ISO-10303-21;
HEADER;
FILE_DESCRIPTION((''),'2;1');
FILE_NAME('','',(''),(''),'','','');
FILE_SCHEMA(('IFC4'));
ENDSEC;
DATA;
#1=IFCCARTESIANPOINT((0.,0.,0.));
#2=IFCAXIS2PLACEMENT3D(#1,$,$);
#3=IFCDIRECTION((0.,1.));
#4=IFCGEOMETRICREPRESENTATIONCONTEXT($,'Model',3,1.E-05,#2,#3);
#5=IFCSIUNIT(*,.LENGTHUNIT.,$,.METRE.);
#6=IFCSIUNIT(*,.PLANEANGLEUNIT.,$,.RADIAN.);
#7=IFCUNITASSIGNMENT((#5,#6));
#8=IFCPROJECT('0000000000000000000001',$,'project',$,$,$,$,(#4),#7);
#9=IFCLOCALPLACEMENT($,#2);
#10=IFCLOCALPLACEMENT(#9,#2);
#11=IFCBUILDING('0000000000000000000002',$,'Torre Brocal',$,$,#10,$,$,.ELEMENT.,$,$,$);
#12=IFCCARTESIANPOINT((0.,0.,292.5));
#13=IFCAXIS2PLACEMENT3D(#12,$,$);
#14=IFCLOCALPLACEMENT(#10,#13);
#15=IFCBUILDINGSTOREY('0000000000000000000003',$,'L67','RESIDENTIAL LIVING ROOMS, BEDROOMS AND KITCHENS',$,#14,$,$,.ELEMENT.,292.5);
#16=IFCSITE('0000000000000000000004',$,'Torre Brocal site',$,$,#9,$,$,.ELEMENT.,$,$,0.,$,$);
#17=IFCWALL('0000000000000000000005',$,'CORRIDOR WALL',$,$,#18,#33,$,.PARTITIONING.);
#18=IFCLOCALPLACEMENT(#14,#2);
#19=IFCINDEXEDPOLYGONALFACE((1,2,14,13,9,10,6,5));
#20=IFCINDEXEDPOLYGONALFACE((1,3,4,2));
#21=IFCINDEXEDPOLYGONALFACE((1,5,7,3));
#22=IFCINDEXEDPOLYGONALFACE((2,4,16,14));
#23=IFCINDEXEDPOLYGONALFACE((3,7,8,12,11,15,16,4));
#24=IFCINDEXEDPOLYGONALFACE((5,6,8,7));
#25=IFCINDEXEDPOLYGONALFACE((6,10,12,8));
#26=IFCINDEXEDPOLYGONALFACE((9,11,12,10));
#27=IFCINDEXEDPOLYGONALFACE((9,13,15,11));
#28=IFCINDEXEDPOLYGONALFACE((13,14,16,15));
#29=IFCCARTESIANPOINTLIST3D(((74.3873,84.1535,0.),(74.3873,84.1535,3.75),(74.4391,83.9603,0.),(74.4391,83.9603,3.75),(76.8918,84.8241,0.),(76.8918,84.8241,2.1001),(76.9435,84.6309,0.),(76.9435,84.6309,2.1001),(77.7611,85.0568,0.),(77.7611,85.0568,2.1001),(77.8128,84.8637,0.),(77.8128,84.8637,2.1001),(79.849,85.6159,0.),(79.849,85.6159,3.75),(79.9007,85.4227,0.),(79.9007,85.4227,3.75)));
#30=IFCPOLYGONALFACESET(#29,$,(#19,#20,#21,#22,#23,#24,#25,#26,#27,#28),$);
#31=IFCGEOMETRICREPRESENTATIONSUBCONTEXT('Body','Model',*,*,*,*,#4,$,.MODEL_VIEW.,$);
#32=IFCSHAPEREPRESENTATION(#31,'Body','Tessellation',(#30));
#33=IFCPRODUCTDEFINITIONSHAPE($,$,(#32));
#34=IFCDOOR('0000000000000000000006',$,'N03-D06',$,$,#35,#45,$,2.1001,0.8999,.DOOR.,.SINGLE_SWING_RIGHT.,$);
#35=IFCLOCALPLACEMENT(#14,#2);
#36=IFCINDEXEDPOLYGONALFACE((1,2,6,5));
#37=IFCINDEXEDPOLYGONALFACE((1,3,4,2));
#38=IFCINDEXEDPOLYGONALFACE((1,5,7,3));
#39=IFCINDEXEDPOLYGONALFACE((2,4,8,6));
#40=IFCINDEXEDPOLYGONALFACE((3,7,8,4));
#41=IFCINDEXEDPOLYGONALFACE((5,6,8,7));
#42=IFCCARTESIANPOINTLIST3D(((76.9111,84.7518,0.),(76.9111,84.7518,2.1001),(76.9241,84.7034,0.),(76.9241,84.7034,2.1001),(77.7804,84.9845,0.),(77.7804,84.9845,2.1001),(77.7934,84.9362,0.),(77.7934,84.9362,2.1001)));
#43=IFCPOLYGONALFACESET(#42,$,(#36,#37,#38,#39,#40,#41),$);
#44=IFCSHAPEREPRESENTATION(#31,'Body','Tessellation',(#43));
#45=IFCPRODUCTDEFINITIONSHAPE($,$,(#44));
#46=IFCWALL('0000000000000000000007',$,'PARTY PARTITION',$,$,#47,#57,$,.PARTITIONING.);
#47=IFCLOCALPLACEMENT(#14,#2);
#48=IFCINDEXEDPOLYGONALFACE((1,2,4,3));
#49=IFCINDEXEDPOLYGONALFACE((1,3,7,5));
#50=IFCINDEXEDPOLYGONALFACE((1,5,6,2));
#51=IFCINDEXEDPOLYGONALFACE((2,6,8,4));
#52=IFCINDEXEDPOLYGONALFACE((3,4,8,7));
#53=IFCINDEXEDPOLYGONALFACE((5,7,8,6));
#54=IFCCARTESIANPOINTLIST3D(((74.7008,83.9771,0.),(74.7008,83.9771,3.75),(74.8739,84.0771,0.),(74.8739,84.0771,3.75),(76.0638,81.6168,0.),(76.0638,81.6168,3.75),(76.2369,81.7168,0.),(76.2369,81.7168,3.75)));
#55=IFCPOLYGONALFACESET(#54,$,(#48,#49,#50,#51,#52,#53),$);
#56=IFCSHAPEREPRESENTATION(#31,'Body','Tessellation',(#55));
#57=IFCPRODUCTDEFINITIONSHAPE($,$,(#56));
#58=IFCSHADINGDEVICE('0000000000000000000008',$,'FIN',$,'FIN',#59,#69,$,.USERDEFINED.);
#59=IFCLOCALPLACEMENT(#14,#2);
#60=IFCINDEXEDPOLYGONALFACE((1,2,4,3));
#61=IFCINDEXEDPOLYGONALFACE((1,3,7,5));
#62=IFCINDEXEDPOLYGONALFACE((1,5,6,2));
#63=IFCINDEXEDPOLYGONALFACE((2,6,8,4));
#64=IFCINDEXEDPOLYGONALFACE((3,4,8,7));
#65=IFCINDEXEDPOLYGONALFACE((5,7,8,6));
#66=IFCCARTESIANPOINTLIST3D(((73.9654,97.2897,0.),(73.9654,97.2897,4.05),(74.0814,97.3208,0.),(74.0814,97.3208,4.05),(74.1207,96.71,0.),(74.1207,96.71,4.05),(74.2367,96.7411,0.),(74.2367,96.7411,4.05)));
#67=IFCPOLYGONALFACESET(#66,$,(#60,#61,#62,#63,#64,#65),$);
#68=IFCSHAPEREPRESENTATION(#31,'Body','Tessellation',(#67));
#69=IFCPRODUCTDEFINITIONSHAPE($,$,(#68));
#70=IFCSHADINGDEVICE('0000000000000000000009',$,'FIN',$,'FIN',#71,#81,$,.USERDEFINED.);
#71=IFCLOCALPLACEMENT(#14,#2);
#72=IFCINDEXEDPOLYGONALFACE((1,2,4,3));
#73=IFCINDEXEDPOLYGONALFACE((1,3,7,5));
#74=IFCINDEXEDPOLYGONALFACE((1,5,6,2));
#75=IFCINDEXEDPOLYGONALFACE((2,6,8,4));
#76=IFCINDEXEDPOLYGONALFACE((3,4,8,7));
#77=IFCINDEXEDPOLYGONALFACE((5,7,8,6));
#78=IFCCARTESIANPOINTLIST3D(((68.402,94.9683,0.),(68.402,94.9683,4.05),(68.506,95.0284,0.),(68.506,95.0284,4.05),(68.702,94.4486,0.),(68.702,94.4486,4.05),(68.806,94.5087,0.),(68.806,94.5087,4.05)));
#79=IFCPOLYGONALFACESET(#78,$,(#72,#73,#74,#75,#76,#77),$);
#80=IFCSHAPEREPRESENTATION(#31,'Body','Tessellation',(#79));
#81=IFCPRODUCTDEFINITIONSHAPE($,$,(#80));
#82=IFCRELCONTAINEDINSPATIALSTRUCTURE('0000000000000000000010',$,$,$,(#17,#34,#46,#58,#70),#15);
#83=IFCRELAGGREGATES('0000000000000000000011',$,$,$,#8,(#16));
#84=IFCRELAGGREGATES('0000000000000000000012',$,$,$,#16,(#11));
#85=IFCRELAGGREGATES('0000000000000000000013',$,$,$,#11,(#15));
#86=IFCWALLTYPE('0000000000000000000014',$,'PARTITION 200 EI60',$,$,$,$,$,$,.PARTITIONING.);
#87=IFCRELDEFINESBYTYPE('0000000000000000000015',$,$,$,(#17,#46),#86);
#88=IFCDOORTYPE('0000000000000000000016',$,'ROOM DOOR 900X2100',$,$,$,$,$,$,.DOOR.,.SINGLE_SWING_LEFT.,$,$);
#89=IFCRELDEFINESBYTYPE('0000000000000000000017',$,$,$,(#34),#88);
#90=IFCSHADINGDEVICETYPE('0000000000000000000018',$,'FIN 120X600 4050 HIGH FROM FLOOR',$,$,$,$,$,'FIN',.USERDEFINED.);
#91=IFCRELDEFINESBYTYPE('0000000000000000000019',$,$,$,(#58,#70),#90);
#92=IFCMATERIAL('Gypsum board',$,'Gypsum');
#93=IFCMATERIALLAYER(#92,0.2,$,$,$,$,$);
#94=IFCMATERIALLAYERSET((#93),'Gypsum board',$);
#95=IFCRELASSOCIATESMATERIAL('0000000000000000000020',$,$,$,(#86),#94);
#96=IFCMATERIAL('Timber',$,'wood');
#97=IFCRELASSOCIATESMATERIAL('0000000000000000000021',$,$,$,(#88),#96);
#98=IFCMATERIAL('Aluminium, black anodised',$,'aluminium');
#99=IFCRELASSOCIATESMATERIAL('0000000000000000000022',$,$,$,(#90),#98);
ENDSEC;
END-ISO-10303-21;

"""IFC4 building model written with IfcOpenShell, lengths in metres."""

from ifc_helpers import new_model, si_unit, direction, frame, frame_2d, origin, origin_2d, place, context, subcontext, project, spatial, rectangle, extrude, material, layer, layer_set, material_profile, profile_set, type_object, element, fill, save


model = new_model("IFC4")

# Units and contexts
model_context = context("Model", 3, precision=1e-05, world=origin(), true_north=direction((0.0, 1.0)))
body_context = subcontext(model_context, "Body", "Model", "MODEL_VIEW")
ifc_project = project(units=[si_unit("LENGTHUNIT", "METRE"), si_unit("PLANEANGLEUNIT", "RADIAN")], contexts=[model_context])

# Site, building, storey
site_placement = place(None, origin())
site = spatial("IfcSite", under=ifc_project, at=site_placement, Name="Torre Brocal site", CompositionType="ELEMENT", RefElevation=0.0)
building_placement = place(site_placement, origin())
building = spatial("IfcBuilding", under=site, at=building_placement, Name="Torre Brocal", CompositionType="ELEMENT")
storey_placement = place(building_placement, frame((0.0, 0.0, 292.5)))
storey = spatial("IfcBuildingStorey", under=building, at=storey_placement, Name="L67", Description="RESIDENTIAL LIVING ROOMS, BEDROOMS AND KITCHENS", CompositionType="ELEMENT", Elevation=292.5)

# Shared definitions
ifc_material_1 = material(Name="Gypsum board", Category="Gypsum")
ifc_layer_1 = layer(ifc_material_1, 0.2)
ifc_layer_set_1 = layer_set([ifc_layer_1], Name="Gypsum board")
wall_type_1 = type_object("IfcWallType", Name="PARTITION 200 EI60", PredefinedType="PARTITIONING", material=ifc_layer_set_1)
ifc_material_2 = material(Name="Timber", Category="wood")
door_type_1 = type_object("IfcDoorType", Name="ROOM DOOR 900X2100", OperationType="SINGLE_SWING_LEFT", PredefinedType="DOOR", material=ifc_material_2)

# Wall, opening, door
wall_1_placement = place(storey_placement, frame((74.4131, 84.0569, 0.0), z_axis=(0.0, 0.0, 1.0), x_axis=(0.965972, 0.258646, 0.0)))
wall_1 = element("IfcWall", 1, at=wall_1_placement, inside=storey, type_object=wall_type_1, Name="CORRIDOR WALL", PredefinedType="PARTITIONING", context=body_context, shape_type="SweptSolid", body=[
    extrude(rectangle(XDim=5.6541, YDim=0.2, at=frame_2d((2.8271, 0.0))), origin(), (0.0, 0.0, 1.0), 3.75),
])
opening_1_placement = place(wall_1_placement, frame((2.5928, 0.0, 0.0)))
opening_1 = element("IfcOpeningElement", 2, at=opening_1_placement, cuts=wall_1, PredefinedType="OPENING", context=body_context, shape_type="SweptSolid", body=[
    extrude(rectangle(XDim=0.8999, YDim=2.1001, at=frame_2d((0.45, 1.05))), frame((0.0, 0.1099, 0.0), z_axis=(0.0, -1.0, 0.0), x_axis=(1.0, 0.0, 0.0)), (0.0, 0.0, 1.0), 0.22),
])
door_1_placement = place(opening_1_placement, frame((0.8999, 0.0, 0.0), z_axis=(0.0, 0.0, 1.0), x_axis=(-1.0, 0.0, 0.0)))
door_1 = element("IfcDoor", 3, at=door_1_placement, inside=storey, type_object=door_type_1, Name="N03-D06", OperationType="SINGLE_SWING_RIGHT", OverallHeight=2.1001, OverallWidth=0.8999, PredefinedType="DOOR", context=body_context, shape_type="SweptSolid", body=[
    extrude(rectangle(XDim=0.8999, YDim=2.1001, at=frame_2d((0.45, 1.05))), frame((0.0, 0.0249, 0.0), z_axis=(0.0, -1.0, 0.0), x_axis=(1.0, 0.0, 0.0)), (0.0, 0.0, 1.0), 0.05),
])
fill(opening_1, door_1)

# Wall
wall_2_placement = place(storey_placement, frame((74.7874, 84.0271, 0.0), z_axis=(0.0, 0.0, 1.0), x_axis=(0.500079, -0.86598, 0.0)))
element("IfcWall", 4, at=wall_2_placement, inside=storey, type_object=wall_type_1, Name="PARTY PARTITION", PredefinedType="PARTITIONING", context=body_context, shape_type="SweptSolid", body=[
    extrude(rectangle(XDim=2.7256, YDim=0.2, at=frame_2d((1.3628, 0.0))), origin(), (0.0, 0.0, 1.0), 3.75),
])

# Shading devices
ifc_material_3 = material(Name="Aluminium, black anodised", Category="aluminium")
ifc_material_profile_1 = material_profile(ifc_material_3, rectangle(XDim=0.1201, YDim=0.6001, at=origin_2d()), Name="FIN 120X600 4050 HIGH FROM FLOOR")
ifc_profile_set_1 = profile_set([ifc_material_profile_1], Name="Aluminium, black anodised")
shading_device_type = type_object("IfcShadingDeviceType", Name="FIN 120X600 4050 HIGH FROM FLOOR", ElementType="FIN", PredefinedType="USERDEFINED", material=ifc_profile_set_1)
for number, where, z_axis, x_axis, name in (
    (5, (74.1011, 97.0154, 0.0), (0.0, 0.0, 1.0), (-0.965926, -0.258819, 0.0), "FIN"),
    (6, (68.604, 94.7385, 0.0), (0.0, 0.0, 1.0), (-0.866025, -0.5, 0.0), "FIN"),
):
    element("IfcShadingDevice", number, at=place(storey_placement, frame(where, z_axis=z_axis, x_axis=x_axis)), inside=storey, type_object=shading_device_type, Name=name, ObjectType="FIN", PredefinedType="USERDEFINED", context=body_context, shape_type="SweptSolid", body=[
        extrude(rectangle(XDim=0.1201, YDim=0.6001, at=origin_2d()), origin(), (0.0, 0.0, 1.0), 4.05),
    ])

save(model, "model.ifc")
